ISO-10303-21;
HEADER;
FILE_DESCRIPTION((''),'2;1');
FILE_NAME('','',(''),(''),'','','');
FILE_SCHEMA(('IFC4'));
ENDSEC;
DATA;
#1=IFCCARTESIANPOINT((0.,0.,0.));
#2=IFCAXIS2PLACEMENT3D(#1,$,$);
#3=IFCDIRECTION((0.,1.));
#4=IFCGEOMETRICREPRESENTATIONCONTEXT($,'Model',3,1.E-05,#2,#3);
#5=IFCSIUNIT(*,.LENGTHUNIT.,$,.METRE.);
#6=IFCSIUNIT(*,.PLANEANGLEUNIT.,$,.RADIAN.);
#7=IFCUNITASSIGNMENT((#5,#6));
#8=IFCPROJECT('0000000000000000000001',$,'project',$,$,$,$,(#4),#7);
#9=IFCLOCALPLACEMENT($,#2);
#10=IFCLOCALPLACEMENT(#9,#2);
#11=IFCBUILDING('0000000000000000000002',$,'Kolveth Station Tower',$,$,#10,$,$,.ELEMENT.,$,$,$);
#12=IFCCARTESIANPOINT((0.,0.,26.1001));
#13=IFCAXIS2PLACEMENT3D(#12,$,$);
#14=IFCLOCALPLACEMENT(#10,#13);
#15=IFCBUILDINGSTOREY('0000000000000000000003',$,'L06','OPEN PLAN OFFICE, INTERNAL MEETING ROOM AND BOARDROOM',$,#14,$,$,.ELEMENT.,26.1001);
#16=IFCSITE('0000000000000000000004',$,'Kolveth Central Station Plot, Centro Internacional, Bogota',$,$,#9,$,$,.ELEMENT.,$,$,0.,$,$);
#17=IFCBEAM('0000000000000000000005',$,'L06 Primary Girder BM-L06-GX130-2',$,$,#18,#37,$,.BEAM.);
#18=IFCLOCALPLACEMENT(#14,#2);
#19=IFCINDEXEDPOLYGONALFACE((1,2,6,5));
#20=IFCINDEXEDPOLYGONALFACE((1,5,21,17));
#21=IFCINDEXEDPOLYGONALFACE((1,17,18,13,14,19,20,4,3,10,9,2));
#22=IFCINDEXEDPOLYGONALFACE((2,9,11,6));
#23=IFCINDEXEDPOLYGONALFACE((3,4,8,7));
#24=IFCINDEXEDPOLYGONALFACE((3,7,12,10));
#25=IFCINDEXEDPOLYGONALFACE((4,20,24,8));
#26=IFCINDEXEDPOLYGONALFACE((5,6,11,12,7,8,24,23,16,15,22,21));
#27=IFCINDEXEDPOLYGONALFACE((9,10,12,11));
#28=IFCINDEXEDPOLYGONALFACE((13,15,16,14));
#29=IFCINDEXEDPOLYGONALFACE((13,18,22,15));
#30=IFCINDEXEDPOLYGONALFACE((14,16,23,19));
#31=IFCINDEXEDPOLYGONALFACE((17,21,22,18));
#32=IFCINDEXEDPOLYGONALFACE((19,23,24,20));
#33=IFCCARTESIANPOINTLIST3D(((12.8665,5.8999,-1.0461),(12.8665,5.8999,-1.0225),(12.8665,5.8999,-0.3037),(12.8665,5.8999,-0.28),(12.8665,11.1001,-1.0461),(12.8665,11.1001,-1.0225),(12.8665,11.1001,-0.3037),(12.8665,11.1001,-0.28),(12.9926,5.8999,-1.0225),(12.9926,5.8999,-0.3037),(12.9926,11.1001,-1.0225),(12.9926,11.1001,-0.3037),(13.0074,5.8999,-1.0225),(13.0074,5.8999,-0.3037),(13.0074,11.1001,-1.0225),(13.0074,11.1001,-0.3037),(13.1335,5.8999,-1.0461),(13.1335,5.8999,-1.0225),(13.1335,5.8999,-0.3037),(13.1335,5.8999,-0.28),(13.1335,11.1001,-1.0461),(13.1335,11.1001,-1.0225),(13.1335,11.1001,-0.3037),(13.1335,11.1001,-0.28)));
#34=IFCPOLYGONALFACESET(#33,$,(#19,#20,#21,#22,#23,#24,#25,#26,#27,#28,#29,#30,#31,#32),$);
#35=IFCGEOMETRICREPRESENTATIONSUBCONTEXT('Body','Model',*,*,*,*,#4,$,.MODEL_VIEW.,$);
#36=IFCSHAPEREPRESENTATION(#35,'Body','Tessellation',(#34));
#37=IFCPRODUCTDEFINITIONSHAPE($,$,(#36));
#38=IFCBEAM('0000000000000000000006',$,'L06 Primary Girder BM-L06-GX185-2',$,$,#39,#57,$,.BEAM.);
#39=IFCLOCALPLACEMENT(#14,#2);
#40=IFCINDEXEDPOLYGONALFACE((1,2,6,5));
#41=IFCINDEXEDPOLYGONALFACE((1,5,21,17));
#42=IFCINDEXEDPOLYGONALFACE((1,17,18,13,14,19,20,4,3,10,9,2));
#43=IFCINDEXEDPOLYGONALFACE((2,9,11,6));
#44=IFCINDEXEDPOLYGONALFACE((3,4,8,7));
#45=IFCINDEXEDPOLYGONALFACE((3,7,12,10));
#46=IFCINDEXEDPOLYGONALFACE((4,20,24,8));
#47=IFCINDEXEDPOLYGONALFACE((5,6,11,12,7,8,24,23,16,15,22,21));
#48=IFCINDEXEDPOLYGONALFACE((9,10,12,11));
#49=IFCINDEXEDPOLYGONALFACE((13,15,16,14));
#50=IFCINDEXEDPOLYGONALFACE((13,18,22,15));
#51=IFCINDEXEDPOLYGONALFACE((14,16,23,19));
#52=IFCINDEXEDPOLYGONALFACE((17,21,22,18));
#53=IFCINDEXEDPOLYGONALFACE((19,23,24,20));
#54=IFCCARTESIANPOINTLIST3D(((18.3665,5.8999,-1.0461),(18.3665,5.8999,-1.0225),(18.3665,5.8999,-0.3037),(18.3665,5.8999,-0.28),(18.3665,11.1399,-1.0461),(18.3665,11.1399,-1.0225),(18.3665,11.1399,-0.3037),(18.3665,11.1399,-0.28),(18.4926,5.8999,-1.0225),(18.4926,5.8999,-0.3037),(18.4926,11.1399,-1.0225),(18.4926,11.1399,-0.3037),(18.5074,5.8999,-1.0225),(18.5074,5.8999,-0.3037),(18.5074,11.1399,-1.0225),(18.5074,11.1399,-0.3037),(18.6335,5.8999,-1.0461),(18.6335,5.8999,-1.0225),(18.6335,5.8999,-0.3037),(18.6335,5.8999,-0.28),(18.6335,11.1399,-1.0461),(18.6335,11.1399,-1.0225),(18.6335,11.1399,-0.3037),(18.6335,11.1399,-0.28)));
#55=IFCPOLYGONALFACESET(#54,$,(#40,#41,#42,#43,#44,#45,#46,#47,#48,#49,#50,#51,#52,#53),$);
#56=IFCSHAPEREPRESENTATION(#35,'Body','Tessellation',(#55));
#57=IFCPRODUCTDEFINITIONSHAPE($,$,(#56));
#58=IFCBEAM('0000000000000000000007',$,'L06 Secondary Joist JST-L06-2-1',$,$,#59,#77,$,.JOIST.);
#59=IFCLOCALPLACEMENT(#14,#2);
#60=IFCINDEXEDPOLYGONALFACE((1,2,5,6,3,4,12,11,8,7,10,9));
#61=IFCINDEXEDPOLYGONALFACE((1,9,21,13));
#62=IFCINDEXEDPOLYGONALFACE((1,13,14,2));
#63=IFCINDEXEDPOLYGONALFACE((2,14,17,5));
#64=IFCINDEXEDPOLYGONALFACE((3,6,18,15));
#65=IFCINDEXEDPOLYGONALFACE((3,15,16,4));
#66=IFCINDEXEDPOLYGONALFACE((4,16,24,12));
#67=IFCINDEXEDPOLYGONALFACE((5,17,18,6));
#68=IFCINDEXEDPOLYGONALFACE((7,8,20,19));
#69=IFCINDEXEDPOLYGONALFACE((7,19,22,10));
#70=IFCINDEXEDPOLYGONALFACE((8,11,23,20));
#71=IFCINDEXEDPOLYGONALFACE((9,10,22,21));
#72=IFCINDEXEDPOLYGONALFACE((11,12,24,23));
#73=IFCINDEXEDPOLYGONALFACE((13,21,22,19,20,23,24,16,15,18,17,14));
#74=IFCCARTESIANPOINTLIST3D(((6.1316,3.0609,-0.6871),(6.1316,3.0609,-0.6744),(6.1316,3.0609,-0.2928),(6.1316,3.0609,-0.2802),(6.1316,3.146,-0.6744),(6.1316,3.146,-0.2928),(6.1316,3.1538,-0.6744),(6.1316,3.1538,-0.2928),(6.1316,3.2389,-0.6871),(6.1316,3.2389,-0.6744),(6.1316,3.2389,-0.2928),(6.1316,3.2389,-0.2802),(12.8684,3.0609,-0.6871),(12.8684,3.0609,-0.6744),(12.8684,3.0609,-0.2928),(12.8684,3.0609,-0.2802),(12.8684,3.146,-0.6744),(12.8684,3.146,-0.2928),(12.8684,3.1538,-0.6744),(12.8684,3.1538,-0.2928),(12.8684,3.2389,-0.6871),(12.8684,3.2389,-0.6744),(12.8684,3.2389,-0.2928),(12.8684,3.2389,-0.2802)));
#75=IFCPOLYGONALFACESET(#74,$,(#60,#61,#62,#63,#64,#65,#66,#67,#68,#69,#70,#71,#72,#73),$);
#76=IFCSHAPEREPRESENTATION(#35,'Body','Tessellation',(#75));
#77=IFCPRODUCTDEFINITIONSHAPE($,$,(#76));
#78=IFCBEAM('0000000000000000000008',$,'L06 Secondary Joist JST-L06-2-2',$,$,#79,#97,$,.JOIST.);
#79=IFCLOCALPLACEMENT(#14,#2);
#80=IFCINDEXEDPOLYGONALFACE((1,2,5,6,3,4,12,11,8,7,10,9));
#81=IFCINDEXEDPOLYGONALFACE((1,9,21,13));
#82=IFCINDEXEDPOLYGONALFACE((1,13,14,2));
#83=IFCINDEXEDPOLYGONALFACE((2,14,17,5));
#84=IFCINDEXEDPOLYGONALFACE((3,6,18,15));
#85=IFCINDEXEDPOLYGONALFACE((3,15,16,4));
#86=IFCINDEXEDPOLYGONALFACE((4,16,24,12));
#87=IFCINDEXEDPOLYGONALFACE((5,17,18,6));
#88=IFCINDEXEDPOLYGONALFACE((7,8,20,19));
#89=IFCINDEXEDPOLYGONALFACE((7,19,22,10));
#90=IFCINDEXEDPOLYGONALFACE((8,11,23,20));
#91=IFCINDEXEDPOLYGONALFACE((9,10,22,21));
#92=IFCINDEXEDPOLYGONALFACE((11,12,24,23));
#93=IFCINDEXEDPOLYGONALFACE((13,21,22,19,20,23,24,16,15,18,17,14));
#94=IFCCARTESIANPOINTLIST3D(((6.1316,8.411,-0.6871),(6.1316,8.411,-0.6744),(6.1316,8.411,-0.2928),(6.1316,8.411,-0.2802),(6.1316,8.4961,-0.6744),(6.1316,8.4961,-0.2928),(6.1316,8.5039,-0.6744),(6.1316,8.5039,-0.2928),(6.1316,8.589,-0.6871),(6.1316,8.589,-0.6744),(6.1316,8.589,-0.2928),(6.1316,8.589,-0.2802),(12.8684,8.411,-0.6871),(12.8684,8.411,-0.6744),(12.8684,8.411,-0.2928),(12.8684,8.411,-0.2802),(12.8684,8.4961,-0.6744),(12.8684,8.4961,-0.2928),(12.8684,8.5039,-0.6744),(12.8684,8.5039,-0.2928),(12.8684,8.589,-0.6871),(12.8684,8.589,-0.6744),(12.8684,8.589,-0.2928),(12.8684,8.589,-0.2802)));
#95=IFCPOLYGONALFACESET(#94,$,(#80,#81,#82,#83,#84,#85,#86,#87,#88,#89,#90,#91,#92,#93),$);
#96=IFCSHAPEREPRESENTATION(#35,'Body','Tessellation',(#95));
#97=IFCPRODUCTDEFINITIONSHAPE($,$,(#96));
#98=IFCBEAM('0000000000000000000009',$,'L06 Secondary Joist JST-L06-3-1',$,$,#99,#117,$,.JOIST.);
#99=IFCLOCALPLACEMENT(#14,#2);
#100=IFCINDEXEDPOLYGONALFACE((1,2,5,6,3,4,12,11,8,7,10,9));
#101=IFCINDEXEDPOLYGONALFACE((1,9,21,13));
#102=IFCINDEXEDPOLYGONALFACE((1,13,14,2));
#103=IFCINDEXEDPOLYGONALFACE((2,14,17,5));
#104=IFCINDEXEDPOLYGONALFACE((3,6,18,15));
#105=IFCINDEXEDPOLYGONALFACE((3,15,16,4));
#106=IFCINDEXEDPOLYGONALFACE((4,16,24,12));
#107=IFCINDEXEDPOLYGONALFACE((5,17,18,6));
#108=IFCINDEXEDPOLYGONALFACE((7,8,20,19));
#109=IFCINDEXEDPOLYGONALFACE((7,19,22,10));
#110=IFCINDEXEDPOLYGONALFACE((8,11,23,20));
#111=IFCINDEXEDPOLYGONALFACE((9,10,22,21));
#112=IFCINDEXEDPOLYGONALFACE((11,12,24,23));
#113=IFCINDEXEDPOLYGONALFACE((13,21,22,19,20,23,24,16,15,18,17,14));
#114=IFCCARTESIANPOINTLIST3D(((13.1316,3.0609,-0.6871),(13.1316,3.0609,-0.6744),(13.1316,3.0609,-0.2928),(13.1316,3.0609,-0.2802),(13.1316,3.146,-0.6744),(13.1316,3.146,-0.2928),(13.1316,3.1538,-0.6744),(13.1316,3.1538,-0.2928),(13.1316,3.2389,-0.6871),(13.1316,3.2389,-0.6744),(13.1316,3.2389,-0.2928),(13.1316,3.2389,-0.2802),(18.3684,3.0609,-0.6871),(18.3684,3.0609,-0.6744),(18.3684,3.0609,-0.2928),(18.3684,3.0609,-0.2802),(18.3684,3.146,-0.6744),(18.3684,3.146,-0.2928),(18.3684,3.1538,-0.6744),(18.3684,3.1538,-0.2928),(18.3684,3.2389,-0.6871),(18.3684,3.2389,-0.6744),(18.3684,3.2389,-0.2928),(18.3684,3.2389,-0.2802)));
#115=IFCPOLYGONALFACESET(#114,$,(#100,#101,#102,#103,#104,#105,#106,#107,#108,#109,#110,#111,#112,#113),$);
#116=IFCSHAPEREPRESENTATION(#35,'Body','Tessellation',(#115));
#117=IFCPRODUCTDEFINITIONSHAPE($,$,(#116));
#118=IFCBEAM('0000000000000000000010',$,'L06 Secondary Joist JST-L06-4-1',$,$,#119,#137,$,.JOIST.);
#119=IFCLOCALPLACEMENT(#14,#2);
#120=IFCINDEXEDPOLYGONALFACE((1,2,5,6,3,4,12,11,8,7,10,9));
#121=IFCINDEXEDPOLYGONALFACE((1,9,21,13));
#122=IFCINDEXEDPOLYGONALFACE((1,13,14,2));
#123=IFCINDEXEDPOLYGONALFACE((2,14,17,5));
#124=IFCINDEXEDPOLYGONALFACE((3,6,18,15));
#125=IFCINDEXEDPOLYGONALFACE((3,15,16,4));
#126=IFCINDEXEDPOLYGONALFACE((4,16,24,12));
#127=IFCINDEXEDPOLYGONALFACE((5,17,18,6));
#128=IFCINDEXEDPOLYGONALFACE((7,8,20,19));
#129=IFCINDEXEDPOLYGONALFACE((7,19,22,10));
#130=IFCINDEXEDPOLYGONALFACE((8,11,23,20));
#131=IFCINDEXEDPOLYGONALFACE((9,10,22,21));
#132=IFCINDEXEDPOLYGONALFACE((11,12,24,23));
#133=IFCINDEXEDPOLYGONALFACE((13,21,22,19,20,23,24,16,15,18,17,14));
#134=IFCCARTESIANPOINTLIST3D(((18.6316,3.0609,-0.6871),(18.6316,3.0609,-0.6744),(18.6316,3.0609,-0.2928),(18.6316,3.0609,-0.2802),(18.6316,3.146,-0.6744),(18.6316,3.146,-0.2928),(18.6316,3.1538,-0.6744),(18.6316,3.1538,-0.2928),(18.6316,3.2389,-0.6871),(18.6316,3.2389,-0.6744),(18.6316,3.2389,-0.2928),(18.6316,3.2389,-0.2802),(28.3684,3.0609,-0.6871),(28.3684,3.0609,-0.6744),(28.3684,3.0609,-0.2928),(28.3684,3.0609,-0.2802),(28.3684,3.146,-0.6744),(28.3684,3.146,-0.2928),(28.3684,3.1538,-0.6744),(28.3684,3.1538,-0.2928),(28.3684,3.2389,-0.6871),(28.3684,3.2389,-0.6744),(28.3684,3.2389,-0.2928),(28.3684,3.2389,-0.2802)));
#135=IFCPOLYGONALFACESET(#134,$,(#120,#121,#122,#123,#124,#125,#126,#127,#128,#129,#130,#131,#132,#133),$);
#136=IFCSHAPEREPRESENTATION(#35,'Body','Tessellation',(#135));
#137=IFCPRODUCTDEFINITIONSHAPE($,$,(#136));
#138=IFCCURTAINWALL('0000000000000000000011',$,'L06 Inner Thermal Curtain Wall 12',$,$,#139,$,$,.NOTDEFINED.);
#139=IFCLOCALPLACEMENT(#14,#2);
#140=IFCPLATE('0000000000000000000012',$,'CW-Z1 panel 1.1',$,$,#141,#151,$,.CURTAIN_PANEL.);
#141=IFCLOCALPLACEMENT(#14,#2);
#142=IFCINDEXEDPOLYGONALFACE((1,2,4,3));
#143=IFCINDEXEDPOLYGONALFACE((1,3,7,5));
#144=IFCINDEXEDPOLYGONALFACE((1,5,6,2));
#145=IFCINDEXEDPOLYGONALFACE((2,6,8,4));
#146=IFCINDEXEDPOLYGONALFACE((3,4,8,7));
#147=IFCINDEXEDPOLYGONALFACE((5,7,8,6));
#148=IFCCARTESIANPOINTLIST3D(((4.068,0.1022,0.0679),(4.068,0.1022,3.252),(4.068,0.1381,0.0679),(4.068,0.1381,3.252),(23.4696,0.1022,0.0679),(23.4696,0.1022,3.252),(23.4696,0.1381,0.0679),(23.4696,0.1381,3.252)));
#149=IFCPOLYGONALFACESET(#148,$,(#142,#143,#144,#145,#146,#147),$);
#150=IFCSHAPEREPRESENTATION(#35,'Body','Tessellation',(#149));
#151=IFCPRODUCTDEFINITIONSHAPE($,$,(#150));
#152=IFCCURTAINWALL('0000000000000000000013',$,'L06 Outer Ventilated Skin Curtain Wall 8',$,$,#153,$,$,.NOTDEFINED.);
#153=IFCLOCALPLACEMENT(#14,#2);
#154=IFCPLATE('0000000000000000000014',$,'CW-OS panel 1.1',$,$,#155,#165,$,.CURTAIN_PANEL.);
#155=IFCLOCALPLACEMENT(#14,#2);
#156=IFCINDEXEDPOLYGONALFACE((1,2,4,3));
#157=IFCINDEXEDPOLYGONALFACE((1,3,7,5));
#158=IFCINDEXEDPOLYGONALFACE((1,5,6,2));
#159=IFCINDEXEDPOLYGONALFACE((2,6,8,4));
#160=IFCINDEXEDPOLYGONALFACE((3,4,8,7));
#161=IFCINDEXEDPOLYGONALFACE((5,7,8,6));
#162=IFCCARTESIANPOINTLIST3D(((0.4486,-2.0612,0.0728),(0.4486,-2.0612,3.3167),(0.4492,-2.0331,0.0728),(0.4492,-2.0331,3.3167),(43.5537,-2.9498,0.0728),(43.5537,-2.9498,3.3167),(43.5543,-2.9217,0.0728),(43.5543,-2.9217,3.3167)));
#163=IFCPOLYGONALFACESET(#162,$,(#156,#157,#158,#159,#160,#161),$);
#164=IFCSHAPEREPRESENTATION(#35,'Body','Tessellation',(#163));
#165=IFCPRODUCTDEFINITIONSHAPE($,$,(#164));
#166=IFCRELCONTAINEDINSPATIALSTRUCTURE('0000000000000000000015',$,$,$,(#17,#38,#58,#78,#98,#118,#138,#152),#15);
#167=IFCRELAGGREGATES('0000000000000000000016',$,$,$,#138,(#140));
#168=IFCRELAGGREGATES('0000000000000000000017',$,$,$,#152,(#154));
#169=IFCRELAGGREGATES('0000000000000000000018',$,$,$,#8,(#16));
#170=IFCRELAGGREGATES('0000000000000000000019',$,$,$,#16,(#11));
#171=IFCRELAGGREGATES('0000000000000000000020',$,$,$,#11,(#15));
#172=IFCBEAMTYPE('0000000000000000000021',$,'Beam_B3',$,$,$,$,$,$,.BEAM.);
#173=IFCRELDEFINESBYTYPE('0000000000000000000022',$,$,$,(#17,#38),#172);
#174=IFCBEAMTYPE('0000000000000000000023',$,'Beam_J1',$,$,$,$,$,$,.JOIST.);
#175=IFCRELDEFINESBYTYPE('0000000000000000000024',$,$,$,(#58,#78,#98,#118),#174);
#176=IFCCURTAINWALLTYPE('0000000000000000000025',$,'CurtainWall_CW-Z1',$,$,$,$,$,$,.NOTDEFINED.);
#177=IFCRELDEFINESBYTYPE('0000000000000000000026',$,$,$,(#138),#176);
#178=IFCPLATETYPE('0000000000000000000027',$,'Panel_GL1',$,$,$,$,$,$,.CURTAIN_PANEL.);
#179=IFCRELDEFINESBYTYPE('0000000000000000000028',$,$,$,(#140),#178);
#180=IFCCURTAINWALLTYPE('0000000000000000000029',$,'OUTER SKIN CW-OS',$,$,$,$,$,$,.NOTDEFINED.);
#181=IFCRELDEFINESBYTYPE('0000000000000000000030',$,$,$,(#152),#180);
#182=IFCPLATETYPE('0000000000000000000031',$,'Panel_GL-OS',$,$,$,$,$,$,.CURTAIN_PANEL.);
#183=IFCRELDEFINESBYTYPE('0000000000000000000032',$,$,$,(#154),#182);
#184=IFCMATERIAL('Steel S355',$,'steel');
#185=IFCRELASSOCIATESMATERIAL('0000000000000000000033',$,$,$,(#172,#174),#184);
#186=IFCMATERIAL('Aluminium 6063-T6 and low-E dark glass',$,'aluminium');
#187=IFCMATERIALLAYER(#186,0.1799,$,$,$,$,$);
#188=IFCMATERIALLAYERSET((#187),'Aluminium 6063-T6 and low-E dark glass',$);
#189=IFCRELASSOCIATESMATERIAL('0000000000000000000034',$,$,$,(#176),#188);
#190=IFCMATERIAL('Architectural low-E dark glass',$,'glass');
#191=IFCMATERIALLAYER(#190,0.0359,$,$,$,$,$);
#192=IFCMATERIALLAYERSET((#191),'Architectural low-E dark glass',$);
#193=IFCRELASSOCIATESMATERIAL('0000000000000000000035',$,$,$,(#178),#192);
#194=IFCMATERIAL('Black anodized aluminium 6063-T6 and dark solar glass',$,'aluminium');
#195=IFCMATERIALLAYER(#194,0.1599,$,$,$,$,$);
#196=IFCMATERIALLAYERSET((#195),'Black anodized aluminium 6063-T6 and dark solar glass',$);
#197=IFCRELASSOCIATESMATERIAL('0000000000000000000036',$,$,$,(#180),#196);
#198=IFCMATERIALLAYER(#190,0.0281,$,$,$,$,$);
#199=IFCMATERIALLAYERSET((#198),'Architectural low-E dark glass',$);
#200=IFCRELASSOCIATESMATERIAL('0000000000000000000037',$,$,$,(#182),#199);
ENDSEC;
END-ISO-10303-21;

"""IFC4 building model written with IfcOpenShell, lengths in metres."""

from ifc_helpers import new_model, si_unit, direction, frame, origin, origin_2d, place, context, subcontext, project, spatial, rectangle, i_section, extrude, source, transform, mapped, material, layer, layer_set, material_profile, profile_set, type_object, element, aggregate, save


model = new_model("IFC4")

# Units and contexts
model_context = context("Model", 3, precision=1e-05, world=origin(), true_north=direction((0.0, 1.0)))
body_context = subcontext(model_context, "Body", "Model", "MODEL_VIEW")
ifc_project = project(units=[si_unit("LENGTHUNIT", "METRE"), si_unit("PLANEANGLEUNIT", "RADIAN")], contexts=[model_context])

# Site, building, storey
site_placement = place(None, origin())
site = spatial("IfcSite", under=ifc_project, at=site_placement, Name="Kolveth Central Station Plot, Centro Internacional, Bogota", CompositionType="ELEMENT", RefElevation=0.0)
building_placement = place(site_placement, origin())
building = spatial("IfcBuilding", under=site, at=building_placement, Name="Kolveth Station Tower", CompositionType="ELEMENT")
storey_placement = place(building_placement, frame((0.0, 0.0, 26.1001)))
storey = spatial("IfcBuildingStorey", under=building, at=storey_placement, Name="L06", Description="OPEN PLAN OFFICE, INTERNAL MEETING ROOM AND BOARDROOM", CompositionType="ELEMENT", Elevation=26.1001)

# Shared definitions
ifc_material_1 = material(Name="Steel S355", Category="steel")

# Beams
ifc_material_profile_1 = material_profile(ifc_material_1, i_section(OverallWidth=0.2671, OverallDepth=0.7661, WebThickness=0.0149, FlangeThickness=0.0237, at=origin_2d()), Name="W760x185")
ifc_profile_set_1 = profile_set([ifc_material_profile_1], Name="Steel S355")
beam_type_1 = type_object("IfcBeamType", Name="Beam_B3", PredefinedType="BEAM", material=ifc_profile_set_1)
shared_shape_1 = source(origin(), body_context, "Body", "SweptSolid", [
    extrude(i_section(OverallWidth=0.2671, OverallDepth=0.7661, WebThickness=0.0149, FlangeThickness=0.0237, at=origin_2d()), origin(), (0.0, 0.0, 1.0), 5.2002),
])
for number, where, z_axis, x_axis, name in (
    (1, (13.0, 5.8999, -0.6631), (0.0, 1.0, 0.0), (-1.0, 0.0, 0.0), "L06 Primary Girder BM-L06-GX130-2"),
):
    element("IfcBeam", number, at=place(storey_placement, frame(where, z_axis=z_axis, x_axis=x_axis)), inside=storey, type_object=beam_type_1, Name=name, PredefinedType="BEAM", context=body_context, shape_type="MappedRepresentation", body=[
        mapped(shared_shape_1, transform((0.0, 0.0, 0.0), x_axis=(1.0, 0.0, 0.0), y_axis=(0.0, 1.0, 0.0), z_axis=(0.0, 0.0, 1.0), scale=1.0)),
    ])
shared_shape_2 = source(origin(), body_context, "Body", "SweptSolid", [
    extrude(i_section(OverallWidth=0.2671, OverallDepth=0.7661, WebThickness=0.0149, FlangeThickness=0.0237, at=origin_2d()), origin(), (0.0, 0.0, 1.0), 5.24),
])
beam_1_placement = place(storey_placement, frame((18.5, 5.8999, -0.6631), z_axis=(0.0, 1.0, 0.0), x_axis=(-1.0, 0.0, 0.0)))
element("IfcBeam", 2, at=beam_1_placement, inside=storey, type_object=beam_type_1, Name="L06 Primary Girder BM-L06-GX185-2", PredefinedType="BEAM", context=body_context, shape_type="MappedRepresentation", body=[
    mapped(shared_shape_2, transform((0.0, 0.0, 0.0), x_axis=(1.0, 0.0, 0.0), y_axis=(0.0, 1.0, 0.0), z_axis=(0.0, 0.0, 1.0), scale=1.0)),
])
ifc_material_profile_2 = material_profile(ifc_material_1, i_section(OverallWidth=0.178, OverallDepth=0.407, WebThickness=0.0078, FlangeThickness=0.0127, at=origin_2d()), Name="W410x60")
ifc_profile_set_2 = profile_set([ifc_material_profile_2], Name="Steel S355")
beam_type_2 = type_object("IfcBeamType", Name="Beam_J1", PredefinedType="JOIST", material=ifc_profile_set_2)
shared_shape_3 = source(origin(), body_context, "Body", "SweptSolid", [
    extrude(i_section(OverallWidth=0.178, OverallDepth=0.407, WebThickness=0.0078, FlangeThickness=0.0127, at=origin_2d()), origin(), (0.0, 0.0, 1.0), 6.7368),
])
for number, where, z_axis, x_axis, name in (
    (3, (6.1316, 3.1499, -0.4836), (1.0, 0.0, 0.0), (0.0, 1.0, 0.0), "L06 Secondary Joist JST-L06-2-1"),
    (4, (6.1316, 8.5, -0.4836), (1.0, 0.0, 0.0), (0.0, 1.0, 0.0), "L06 Secondary Joist JST-L06-2-2"),
):
    element("IfcBeam", number, at=place(storey_placement, frame(where, z_axis=z_axis, x_axis=x_axis)), inside=storey, type_object=beam_type_2, Name=name, PredefinedType="JOIST", context=body_context, shape_type="MappedRepresentation", body=[
        mapped(shared_shape_3, transform((0.0, 0.0, 0.0), x_axis=(1.0, 0.0, 0.0), y_axis=(0.0, 1.0, 0.0), z_axis=(0.0, 0.0, 1.0), scale=1.0)),
    ])
shared_shape_4 = source(origin(), body_context, "Body", "SweptSolid", [
    extrude(i_section(OverallWidth=0.178, OverallDepth=0.407, WebThickness=0.0078, FlangeThickness=0.0127, at=origin_2d()), origin(), (0.0, 0.0, 1.0), 5.2368),
])
beam_2_placement = place(storey_placement, frame((13.1316, 3.1499, -0.4836), z_axis=(1.0, 0.0, 0.0), x_axis=(0.0, 1.0, 0.0)))
element("IfcBeam", 5, at=beam_2_placement, inside=storey, type_object=beam_type_2, Name="L06 Secondary Joist JST-L06-3-1", PredefinedType="JOIST", context=body_context, shape_type="MappedRepresentation", body=[
    mapped(shared_shape_4, transform((0.0, 0.0, 0.0), x_axis=(1.0, 0.0, 0.0), y_axis=(0.0, 1.0, 0.0), z_axis=(0.0, 0.0, 1.0), scale=1.0)),
])
shared_shape_5 = source(origin(), body_context, "Body", "SweptSolid", [
    extrude(i_section(OverallWidth=0.178, OverallDepth=0.407, WebThickness=0.0078, FlangeThickness=0.0127, at=origin_2d()), origin(), (0.0, 0.0, 1.0), 9.7368),
])
beam_3_placement = place(storey_placement, frame((18.6316, 3.1499, -0.4836), z_axis=(1.0, 0.0, 0.0), x_axis=(0.0, 1.0, 0.0)))
element("IfcBeam", 6, at=beam_3_placement, inside=storey, type_object=beam_type_2, Name="L06 Secondary Joist JST-L06-4-1", PredefinedType="JOIST", context=body_context, shape_type="MappedRepresentation", body=[
    mapped(shared_shape_5, transform((0.0, 0.0, 0.0), x_axis=(1.0, 0.0, 0.0), y_axis=(0.0, 1.0, 0.0), z_axis=(0.0, 0.0, 1.0), scale=1.0)),
])

# Curtain walls, plates
ifc_material_2 = material(Name="Aluminium 6063-T6 and low-E dark glass", Category="aluminium")
ifc_layer_1 = layer(ifc_material_2, 0.1799)
ifc_layer_set_1 = layer_set([ifc_layer_1], Name="Aluminium 6063-T6 and low-E dark glass")
curtain_wall_type_1 = type_object("IfcCurtainWallType", Name="CurtainWall_CW-Z1", PredefinedType="NOTDEFINED", material=ifc_layer_set_1)
curtain_wall_1_placement = place(storey_placement, origin())
curtain_wall_1 = element("IfcCurtainWall", 7, at=curtain_wall_1_placement, inside=storey, type_object=curtain_wall_type_1, Name="L06 Inner Thermal Curtain Wall 12", PredefinedType="NOTDEFINED")
ifc_material_3 = material(Name="Architectural low-E dark glass", Category="glass")
ifc_layer_2 = layer(ifc_material_3, 0.0359)
ifc_layer_set_2 = layer_set([ifc_layer_2], Name="Architectural low-E dark glass")
plate_type_1 = type_object("IfcPlateType", Name="Panel_GL1", PredefinedType="CURTAIN_PANEL", material=ifc_layer_set_2)
shared_shape_6 = source(origin(), body_context, "Body", "SweptSolid", [
    extrude(rectangle(XDim=19.4016, YDim=0.0359, at=origin_2d()), origin(), (0.0, 0.0, 1.0), 3.1841),
])
plate_1_placement = place(storey_placement, frame((13.7688, 0.1201, 0.0679), z_axis=(0.0, 0.0, 1.0), x_axis=(1.0, 0.0, 0.0)))
plate_1 = element("IfcPlate", 8, at=plate_1_placement, type_object=plate_type_1, Name="CW-Z1 panel 1.1", PredefinedType="CURTAIN_PANEL", context=body_context, shape_type="MappedRepresentation", body=[
    mapped(shared_shape_6, transform((0.0, 0.0, 0.0), x_axis=(1.0, 0.0, 0.0), y_axis=(0.0, 1.0, 0.0), z_axis=(0.0, 0.0, 1.0), scale=1.0)),
])
aggregate(curtain_wall_1, [plate_1])
ifc_material_4 = material(Name="Black anodized aluminium 6063-T6 and dark solar glass", Category="aluminium")
ifc_layer_3 = layer(ifc_material_4, 0.1599)
ifc_layer_set_3 = layer_set([ifc_layer_3], Name="Black anodized aluminium 6063-T6 and dark solar glass")
curtain_wall_type_2 = type_object("IfcCurtainWallType", Name="OUTER SKIN CW-OS", PredefinedType="NOTDEFINED", material=ifc_layer_set_3)
curtain_wall_2_placement = place(storey_placement, origin())
curtain_wall_2 = element("IfcCurtainWall", 9, at=curtain_wall_2_placement, inside=storey, type_object=curtain_wall_type_2, Name="L06 Outer Ventilated Skin Curtain Wall 8", PredefinedType="NOTDEFINED")
ifc_layer_4 = layer(ifc_material_3, 0.0281)
ifc_layer_set_4 = layer_set([ifc_layer_4], Name="Architectural low-E dark glass")
plate_type_2 = type_object("IfcPlateType", Name="Panel_GL-OS", PredefinedType="CURTAIN_PANEL", material=ifc_layer_set_4)
shared_shape_7 = source(origin(), body_context, "Body", "SweptSolid", [
    extrude(rectangle(XDim=43.1143, YDim=0.0281, at=origin_2d()), origin(), (0.0, 0.0, 1.0), 3.2439),
])
plate_2_placement = place(storey_placement, frame((22.0015, -2.4915, 0.0728), z_axis=(0.0, 0.0, 1.0), x_axis=(0.999788, -0.02061, 0.0)))
plate_2 = element("IfcPlate", 10, at=plate_2_placement, type_object=plate_type_2, Name="CW-OS panel 1.1", PredefinedType="CURTAIN_PANEL", context=body_context, shape_type="MappedRepresentation", body=[
    mapped(shared_shape_7, transform((0.0, 0.0, 0.0), x_axis=(1.0, 0.0, 0.0), y_axis=(0.0, 1.0, 0.0), z_axis=(0.0, 0.0, 1.0), scale=1.0)),
])
aggregate(curtain_wall_2, [plate_2])

save(model, "model.ifc")
